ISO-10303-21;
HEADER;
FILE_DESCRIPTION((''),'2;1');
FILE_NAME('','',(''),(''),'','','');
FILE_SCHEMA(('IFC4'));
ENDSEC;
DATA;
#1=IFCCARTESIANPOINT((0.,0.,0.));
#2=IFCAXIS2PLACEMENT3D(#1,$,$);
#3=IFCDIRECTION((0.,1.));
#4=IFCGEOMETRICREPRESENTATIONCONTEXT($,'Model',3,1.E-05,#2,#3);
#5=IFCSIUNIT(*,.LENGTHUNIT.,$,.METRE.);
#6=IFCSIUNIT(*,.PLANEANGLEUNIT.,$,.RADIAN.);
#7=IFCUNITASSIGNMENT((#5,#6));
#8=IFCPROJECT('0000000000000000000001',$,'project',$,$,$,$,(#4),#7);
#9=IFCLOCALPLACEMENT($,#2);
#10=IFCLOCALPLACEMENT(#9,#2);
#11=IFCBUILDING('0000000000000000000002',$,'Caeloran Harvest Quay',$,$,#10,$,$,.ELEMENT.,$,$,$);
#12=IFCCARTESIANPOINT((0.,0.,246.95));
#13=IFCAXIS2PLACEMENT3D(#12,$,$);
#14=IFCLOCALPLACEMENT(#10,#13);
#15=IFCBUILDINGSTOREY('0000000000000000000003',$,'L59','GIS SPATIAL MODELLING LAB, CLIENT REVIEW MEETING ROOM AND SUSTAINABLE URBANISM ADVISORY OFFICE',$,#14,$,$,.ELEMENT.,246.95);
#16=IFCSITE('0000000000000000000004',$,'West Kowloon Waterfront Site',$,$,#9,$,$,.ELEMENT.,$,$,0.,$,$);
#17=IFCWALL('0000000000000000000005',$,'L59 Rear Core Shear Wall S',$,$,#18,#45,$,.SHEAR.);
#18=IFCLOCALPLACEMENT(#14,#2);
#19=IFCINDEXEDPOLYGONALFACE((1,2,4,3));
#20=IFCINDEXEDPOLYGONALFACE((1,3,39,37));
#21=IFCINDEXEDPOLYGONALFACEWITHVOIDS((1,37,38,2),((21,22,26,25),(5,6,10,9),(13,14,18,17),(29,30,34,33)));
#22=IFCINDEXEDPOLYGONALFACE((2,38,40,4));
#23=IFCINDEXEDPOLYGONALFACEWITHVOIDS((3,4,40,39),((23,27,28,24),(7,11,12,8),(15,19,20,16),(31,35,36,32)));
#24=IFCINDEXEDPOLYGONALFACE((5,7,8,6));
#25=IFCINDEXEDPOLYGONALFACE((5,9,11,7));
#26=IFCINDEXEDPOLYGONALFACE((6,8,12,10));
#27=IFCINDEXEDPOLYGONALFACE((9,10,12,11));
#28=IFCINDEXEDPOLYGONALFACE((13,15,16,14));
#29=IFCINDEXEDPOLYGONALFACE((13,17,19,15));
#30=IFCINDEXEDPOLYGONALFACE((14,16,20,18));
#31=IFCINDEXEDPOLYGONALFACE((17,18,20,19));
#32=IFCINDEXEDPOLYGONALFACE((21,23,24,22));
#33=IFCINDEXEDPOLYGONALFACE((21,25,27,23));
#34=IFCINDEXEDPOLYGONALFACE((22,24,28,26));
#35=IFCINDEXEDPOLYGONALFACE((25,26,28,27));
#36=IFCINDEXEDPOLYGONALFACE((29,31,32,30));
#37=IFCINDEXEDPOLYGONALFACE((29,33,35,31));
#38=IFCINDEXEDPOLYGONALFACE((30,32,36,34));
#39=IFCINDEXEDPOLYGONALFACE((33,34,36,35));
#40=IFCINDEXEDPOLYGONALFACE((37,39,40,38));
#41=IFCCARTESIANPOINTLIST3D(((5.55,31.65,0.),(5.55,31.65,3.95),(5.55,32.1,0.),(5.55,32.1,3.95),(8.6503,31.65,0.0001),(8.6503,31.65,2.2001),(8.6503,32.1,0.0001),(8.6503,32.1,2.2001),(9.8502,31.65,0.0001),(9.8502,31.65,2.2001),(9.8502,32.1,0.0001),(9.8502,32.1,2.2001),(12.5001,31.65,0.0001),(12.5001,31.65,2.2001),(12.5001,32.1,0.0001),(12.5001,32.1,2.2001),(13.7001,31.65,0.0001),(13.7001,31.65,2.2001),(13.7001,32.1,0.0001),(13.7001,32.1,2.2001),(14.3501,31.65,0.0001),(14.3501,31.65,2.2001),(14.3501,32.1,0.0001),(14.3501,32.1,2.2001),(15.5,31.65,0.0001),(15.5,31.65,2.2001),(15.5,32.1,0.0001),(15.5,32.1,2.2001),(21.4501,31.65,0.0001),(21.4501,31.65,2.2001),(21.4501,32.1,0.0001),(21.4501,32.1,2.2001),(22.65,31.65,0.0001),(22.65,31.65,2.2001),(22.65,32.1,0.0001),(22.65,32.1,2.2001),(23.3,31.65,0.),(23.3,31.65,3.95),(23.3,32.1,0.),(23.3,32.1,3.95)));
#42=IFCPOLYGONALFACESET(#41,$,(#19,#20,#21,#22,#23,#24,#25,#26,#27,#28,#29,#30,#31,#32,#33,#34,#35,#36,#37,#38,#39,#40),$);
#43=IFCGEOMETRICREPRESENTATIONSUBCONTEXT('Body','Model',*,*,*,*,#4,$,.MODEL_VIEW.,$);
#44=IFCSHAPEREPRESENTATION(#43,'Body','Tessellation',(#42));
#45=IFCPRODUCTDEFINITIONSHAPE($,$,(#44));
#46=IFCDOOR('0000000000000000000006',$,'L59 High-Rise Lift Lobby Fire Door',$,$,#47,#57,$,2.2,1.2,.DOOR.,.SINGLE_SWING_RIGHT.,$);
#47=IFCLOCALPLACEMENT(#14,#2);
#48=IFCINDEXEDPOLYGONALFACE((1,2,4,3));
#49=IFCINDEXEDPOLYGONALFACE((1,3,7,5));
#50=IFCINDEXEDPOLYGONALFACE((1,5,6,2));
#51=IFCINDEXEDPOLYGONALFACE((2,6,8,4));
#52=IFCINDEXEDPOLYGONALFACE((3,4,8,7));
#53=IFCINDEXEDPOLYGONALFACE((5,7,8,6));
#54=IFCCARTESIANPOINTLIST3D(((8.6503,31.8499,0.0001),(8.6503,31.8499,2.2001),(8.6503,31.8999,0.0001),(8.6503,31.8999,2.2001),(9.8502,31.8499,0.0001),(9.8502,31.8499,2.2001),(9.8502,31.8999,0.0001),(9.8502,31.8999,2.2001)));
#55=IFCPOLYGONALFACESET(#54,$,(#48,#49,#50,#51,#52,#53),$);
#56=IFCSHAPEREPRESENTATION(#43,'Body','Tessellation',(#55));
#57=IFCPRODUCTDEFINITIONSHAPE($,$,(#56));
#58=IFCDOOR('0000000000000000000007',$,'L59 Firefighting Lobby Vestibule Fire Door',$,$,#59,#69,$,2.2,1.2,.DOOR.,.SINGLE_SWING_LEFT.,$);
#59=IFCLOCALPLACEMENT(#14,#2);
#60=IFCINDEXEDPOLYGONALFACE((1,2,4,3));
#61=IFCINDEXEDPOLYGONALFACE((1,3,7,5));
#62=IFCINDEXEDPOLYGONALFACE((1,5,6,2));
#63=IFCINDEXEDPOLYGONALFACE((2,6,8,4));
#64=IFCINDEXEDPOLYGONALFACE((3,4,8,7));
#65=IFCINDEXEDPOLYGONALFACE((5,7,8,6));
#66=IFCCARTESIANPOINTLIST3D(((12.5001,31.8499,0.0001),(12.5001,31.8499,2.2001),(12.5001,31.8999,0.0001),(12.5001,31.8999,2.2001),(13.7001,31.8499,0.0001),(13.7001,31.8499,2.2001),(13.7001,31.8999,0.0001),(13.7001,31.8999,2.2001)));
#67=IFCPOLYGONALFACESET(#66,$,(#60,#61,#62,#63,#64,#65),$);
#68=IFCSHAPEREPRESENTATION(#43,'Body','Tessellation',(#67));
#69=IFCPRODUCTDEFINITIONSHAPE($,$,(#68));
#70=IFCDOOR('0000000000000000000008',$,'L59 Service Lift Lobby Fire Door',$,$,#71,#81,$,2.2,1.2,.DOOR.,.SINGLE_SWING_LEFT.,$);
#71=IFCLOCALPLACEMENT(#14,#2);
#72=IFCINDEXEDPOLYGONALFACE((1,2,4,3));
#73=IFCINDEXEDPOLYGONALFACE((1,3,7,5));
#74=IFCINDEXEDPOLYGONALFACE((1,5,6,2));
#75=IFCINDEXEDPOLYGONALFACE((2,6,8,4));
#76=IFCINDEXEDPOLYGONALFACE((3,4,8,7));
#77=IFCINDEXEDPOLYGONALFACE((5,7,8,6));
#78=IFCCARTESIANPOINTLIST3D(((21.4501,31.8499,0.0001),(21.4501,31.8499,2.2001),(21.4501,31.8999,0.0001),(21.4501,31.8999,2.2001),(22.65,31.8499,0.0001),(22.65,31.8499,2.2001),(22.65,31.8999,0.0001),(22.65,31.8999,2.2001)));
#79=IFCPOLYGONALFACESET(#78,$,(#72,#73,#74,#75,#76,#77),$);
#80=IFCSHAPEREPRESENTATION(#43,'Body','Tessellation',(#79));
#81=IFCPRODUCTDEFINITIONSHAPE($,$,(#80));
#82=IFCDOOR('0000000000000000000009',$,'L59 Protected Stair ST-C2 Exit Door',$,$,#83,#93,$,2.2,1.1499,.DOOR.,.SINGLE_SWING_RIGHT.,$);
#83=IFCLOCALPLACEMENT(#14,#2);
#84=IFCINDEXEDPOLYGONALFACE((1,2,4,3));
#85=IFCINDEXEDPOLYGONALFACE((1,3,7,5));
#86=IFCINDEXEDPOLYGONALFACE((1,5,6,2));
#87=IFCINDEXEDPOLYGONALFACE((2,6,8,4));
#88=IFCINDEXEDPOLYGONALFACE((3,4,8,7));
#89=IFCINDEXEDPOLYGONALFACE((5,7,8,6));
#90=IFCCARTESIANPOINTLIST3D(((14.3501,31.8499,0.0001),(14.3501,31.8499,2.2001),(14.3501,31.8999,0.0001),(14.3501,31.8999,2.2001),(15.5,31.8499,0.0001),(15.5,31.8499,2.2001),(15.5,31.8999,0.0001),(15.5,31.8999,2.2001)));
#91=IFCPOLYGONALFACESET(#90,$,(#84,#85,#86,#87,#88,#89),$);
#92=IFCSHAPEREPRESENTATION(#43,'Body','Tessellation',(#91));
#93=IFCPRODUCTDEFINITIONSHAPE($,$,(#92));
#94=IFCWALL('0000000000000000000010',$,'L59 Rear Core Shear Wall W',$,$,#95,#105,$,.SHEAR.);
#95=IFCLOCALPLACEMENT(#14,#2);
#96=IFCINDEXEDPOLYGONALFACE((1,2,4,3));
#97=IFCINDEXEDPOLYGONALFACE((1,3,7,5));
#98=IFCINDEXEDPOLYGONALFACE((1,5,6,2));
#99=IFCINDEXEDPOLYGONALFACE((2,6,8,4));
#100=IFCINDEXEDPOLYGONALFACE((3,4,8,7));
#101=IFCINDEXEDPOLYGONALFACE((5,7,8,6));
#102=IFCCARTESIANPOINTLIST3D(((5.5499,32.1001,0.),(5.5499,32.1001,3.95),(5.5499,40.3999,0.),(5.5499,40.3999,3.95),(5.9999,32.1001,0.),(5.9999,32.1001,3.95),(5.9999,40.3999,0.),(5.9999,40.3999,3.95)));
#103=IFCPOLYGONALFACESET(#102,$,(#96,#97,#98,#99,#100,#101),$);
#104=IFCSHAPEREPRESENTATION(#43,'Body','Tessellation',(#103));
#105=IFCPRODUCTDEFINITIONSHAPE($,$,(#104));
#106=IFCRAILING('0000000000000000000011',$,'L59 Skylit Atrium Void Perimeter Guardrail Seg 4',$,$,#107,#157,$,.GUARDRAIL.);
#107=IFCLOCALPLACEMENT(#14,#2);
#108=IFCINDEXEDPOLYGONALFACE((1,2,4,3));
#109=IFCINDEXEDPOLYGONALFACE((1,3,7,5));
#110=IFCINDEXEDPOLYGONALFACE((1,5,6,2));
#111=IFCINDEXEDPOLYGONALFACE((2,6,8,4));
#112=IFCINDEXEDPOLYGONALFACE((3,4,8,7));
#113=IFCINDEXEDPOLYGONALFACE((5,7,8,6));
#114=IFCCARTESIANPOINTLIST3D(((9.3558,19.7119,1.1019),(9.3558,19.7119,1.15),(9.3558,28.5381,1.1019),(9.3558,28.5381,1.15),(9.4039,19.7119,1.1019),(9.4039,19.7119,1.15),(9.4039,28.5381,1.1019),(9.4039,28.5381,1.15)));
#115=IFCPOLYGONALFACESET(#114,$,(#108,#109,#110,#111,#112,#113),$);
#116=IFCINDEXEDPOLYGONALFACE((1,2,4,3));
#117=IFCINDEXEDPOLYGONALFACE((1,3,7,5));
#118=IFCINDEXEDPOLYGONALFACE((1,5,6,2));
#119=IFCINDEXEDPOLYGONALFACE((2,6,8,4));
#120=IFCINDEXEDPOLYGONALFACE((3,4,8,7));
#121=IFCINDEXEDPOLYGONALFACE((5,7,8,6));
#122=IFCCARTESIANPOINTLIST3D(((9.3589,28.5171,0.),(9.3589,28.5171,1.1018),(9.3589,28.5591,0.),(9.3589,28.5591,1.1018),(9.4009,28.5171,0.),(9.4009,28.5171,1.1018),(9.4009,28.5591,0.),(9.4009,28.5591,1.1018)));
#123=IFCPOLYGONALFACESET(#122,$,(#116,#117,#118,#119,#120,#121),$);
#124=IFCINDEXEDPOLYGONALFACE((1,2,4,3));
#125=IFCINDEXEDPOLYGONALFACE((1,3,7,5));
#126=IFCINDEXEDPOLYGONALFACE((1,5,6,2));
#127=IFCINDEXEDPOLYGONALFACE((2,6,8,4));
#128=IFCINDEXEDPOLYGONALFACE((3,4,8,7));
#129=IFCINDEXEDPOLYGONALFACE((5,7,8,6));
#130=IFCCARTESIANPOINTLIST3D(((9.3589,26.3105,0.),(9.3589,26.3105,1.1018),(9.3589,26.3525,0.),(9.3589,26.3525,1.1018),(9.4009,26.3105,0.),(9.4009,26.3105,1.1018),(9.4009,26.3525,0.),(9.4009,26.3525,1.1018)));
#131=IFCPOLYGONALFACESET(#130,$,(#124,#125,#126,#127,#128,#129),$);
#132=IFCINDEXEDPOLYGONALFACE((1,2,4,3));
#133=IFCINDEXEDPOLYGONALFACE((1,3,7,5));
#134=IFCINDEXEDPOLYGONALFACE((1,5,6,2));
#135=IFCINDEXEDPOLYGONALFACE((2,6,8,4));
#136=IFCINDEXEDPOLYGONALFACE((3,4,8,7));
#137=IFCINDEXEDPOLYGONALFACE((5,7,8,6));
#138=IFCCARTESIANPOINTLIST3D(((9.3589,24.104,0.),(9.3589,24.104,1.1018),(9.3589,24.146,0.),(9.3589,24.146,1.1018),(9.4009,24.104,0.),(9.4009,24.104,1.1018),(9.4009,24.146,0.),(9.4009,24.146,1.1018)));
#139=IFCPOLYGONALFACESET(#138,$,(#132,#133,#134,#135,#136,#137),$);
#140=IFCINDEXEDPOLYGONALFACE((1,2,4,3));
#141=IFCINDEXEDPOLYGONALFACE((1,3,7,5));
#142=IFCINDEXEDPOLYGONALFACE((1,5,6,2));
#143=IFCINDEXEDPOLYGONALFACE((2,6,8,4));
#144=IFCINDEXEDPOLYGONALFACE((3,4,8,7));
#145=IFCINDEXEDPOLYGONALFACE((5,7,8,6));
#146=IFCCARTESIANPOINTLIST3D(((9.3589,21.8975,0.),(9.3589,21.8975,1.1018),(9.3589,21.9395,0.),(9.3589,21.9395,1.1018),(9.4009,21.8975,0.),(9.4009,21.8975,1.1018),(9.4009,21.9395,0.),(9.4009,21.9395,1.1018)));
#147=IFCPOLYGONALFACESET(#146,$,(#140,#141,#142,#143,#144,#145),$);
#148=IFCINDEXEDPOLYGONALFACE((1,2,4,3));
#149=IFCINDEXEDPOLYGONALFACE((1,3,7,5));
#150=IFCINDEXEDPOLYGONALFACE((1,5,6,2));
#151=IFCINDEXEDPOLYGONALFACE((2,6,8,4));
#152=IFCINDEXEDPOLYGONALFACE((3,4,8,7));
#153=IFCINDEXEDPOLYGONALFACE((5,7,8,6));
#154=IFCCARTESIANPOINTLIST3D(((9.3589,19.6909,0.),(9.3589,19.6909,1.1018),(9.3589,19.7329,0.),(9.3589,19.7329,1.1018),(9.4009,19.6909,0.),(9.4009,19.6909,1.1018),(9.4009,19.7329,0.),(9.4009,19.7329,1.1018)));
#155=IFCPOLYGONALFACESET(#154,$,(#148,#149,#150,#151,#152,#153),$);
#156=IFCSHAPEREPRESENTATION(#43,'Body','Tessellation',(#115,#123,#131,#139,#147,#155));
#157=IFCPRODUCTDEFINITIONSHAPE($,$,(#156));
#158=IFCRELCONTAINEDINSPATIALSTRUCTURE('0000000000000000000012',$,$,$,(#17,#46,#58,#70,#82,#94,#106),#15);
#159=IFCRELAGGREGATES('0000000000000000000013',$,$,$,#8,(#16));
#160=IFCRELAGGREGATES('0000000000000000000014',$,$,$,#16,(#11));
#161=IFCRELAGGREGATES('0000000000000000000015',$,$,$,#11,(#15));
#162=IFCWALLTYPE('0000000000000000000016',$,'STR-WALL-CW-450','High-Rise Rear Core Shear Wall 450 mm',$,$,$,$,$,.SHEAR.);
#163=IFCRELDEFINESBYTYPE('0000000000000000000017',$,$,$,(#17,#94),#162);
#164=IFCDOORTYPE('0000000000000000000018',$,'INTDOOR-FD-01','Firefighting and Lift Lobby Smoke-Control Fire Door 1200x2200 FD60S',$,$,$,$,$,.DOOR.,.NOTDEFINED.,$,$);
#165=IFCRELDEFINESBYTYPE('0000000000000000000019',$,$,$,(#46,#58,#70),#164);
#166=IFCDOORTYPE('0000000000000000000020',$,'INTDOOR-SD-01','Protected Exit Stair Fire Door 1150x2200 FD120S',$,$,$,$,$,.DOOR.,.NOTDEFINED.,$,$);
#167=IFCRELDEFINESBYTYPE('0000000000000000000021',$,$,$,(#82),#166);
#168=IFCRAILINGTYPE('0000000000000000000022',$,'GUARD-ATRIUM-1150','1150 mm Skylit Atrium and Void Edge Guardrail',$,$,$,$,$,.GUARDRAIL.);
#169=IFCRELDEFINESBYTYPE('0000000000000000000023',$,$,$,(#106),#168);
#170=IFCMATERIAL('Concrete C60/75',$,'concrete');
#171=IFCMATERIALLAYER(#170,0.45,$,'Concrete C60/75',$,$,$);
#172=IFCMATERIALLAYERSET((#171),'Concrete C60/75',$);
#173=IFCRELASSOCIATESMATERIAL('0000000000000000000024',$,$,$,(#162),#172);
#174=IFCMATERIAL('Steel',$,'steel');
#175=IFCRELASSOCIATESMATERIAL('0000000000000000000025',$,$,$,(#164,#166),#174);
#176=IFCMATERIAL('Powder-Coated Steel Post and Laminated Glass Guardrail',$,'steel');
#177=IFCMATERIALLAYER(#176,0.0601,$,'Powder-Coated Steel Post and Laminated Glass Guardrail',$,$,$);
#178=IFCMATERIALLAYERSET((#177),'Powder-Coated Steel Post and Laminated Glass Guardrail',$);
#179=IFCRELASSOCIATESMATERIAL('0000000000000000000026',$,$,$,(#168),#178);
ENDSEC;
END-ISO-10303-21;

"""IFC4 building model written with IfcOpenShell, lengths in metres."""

from ifc_helpers import new_model, si_unit, direction, frame, frame_2d, origin, origin_2d, place, context, subcontext, project, spatial, rectangle, extrude, material, layer, layer_set, type_object, element, fill, save


model = new_model("IFC4")

# Units and contexts
model_context = context("Model", 3, precision=1e-05, world=origin(), true_north=direction((0.0, 1.0)))
body_context = subcontext(model_context, "Body", "Model", "MODEL_VIEW")
ifc_project = project(units=[si_unit("LENGTHUNIT", "METRE"), si_unit("PLANEANGLEUNIT", "RADIAN")], contexts=[model_context])

# Site, building, storey
site_placement = place(None, origin())
site = spatial("IfcSite", under=ifc_project, at=site_placement, Name="West Kowloon Waterfront Site", CompositionType="ELEMENT", RefElevation=0.0)
building_placement = place(site_placement, origin())
building = spatial("IfcBuilding", under=site, at=building_placement, Name="Caeloran Harvest Quay", CompositionType="ELEMENT")
storey_placement = place(building_placement, frame((0.0, 0.0, 246.95)))
storey = spatial("IfcBuildingStorey", under=building, at=storey_placement, Name="L59", Description="GIS SPATIAL MODELLING LAB, CLIENT REVIEW MEETING ROOM AND SUSTAINABLE URBANISM ADVISORY OFFICE", CompositionType="ELEMENT", Elevation=246.95)

# Shared definitions
ifc_material_1 = material(Name="Concrete C60/75", Category="concrete")

# Wall, openings, doors
ifc_layer_1 = layer(ifc_material_1, 0.45, Name="Concrete C60/75")
ifc_layer_set_1 = layer_set([ifc_layer_1], Name="Concrete C60/75")
wall_type_1 = type_object("IfcWallType", Name="STR-WALL-CW-450", Description="High-Rise Rear Core Shear Wall 450 mm", PredefinedType="SHEAR", material=ifc_layer_set_1)
wall_1_placement = place(storey_placement, frame((5.55, 31.875, 0.0), z_axis=(0.0, 0.0, 1.0), x_axis=(1.0, 0.0, 0.0)))
wall_1 = element("IfcWall", 1, at=wall_1_placement, inside=storey, type_object=wall_type_1, Name="L59 Rear Core Shear Wall S", PredefinedType="SHEAR", context=body_context, shape_type="SweptSolid", body=[
    extrude(rectangle(XDim=17.75, YDim=0.45, at=frame_2d((8.875, 0.0))), origin(), (0.0, 0.0, 1.0), 3.95),
])
opening_1_placement = place(wall_1_placement, frame((3.1001, 0.0, 0.0)))
opening_1 = element("IfcOpeningElement", 2, at=opening_1_placement, cuts=wall_1, PredefinedType="OPENING", context=body_context, shape_type="SweptSolid", body=[
    extrude(rectangle(XDim=1.2, YDim=2.2, at=frame_2d((0.6001, 1.1001))), frame((0.0, 0.2349, 0.0), z_axis=(0.0, -1.0, 0.0), x_axis=(1.0, 0.0, 0.0)), (0.0, 0.0, 1.0), 0.47),
])
opening_2_placement = place(wall_1_placement, frame((6.95, 0.0, 0.0)))
opening_2 = element("IfcOpeningElement", 3, at=opening_2_placement, cuts=wall_1, PredefinedType="OPENING", context=body_context, shape_type="SweptSolid", body=[
    extrude(rectangle(XDim=1.2, YDim=2.2, at=frame_2d((0.6001, 1.1001))), frame((0.0, 0.2349, 0.0), z_axis=(0.0, -1.0, 0.0), x_axis=(1.0, 0.0, 0.0)), (0.0, 0.0, 1.0), 0.47),
])
opening_3_placement = place(wall_1_placement, frame((8.8, 0.0, 0.0)))
opening_3 = element("IfcOpeningElement", 4, at=opening_3_placement, cuts=wall_1, PredefinedType="OPENING", context=body_context, shape_type="SweptSolid", body=[
    extrude(rectangle(XDim=1.1499, YDim=2.2, at=frame_2d((0.575, 1.1001))), frame((0.0, 0.2349, 0.0), z_axis=(0.0, -1.0, 0.0), x_axis=(1.0, 0.0, 0.0)), (0.0, 0.0, 1.0), 0.47),
])
opening_4_placement = place(wall_1_placement, frame((15.8999, 0.0, 0.0)))
opening_4 = element("IfcOpeningElement", 5, at=opening_4_placement, cuts=wall_1, PredefinedType="OPENING", context=body_context, shape_type="SweptSolid", body=[
    extrude(rectangle(XDim=1.2, YDim=2.2, at=frame_2d((0.6001, 1.1001))), frame((0.0, 0.2349, 0.0), z_axis=(0.0, -1.0, 0.0), x_axis=(1.0, 0.0, 0.0)), (0.0, 0.0, 1.0), 0.47),
])
ifc_material_2 = material(Name="Steel", Category="steel")
door_type_1 = type_object("IfcDoorType", Name="INTDOOR-FD-01", Description="Firefighting and Lift Lobby Smoke-Control Fire Door 1200x2200 FD60S", OperationType="NOTDEFINED", PredefinedType="DOOR", material=ifc_material_2)
door_1_placement = place(opening_1_placement, origin())
door_1 = element("IfcDoor", 6, at=door_1_placement, inside=storey, type_object=door_type_1, Name="L59 High-Rise Lift Lobby Fire Door", OperationType="SINGLE_SWING_RIGHT", OverallHeight=2.2, OverallWidth=1.2, PredefinedType="DOOR", context=body_context, shape_type="SweptSolid", body=[
    extrude(rectangle(XDim=1.2, YDim=2.2, at=frame_2d((0.6001, 1.1001))), frame((0.0, 0.0249, 0.0), z_axis=(0.0, -1.0, 0.0), x_axis=(1.0, 0.0, 0.0)), (0.0, 0.0, 1.0), 0.05),
])
fill(opening_1, door_1)
door_2_placement = place(opening_2_placement, origin())
door_2 = element("IfcDoor", 7, at=door_2_placement, inside=storey, type_object=door_type_1, Name="L59 Firefighting Lobby Vestibule Fire Door", OperationType="SINGLE_SWING_LEFT", OverallHeight=2.2, OverallWidth=1.2, PredefinedType="DOOR", context=body_context, shape_type="SweptSolid", body=[
    extrude(rectangle(XDim=1.2, YDim=2.2, at=frame_2d((0.6001, 1.1001))), frame((0.0, 0.0249, 0.0), z_axis=(0.0, -1.0, 0.0), x_axis=(1.0, 0.0, 0.0)), (0.0, 0.0, 1.0), 0.05),
])
fill(opening_2, door_2)
door_3_placement = place(opening_4_placement, origin())
door_3 = element("IfcDoor", 8, at=door_3_placement, inside=storey, type_object=door_type_1, Name="L59 Service Lift Lobby Fire Door", OperationType="SINGLE_SWING_LEFT", OverallHeight=2.2, OverallWidth=1.2, PredefinedType="DOOR", context=body_context, shape_type="SweptSolid", body=[
    extrude(rectangle(XDim=1.2, YDim=2.2, at=frame_2d((0.6001, 1.1001))), frame((0.0, 0.0249, 0.0), z_axis=(0.0, -1.0, 0.0), x_axis=(1.0, 0.0, 0.0)), (0.0, 0.0, 1.0), 0.05),
])
fill(opening_4, door_3)
door_type_2 = type_object("IfcDoorType", Name="INTDOOR-SD-01", Description="Protected Exit Stair Fire Door 1150x2200 FD120S", OperationType="NOTDEFINED", PredefinedType="DOOR", material=ifc_material_2)
door_4_placement = place(opening_3_placement, origin())
door_4 = element("IfcDoor", 9, at=door_4_placement, inside=storey, type_object=door_type_2, Name="L59 Protected Stair ST-C2 Exit Door", OperationType="SINGLE_SWING_RIGHT", OverallHeight=2.2, OverallWidth=1.1499, PredefinedType="DOOR", context=body_context, shape_type="SweptSolid", body=[
    extrude(rectangle(XDim=1.1499, YDim=2.2, at=frame_2d((0.575, 1.1001))), frame((0.0, 0.0249, 0.0), z_axis=(0.0, -1.0, 0.0), x_axis=(1.0, 0.0, 0.0)), (0.0, 0.0, 1.0), 0.05),
])
fill(opening_3, door_4)

# Wall
wall_2_placement = place(storey_placement, frame((5.7749, 32.1001, 0.0), z_axis=(0.0, 0.0, 1.0), x_axis=(0.0, 1.0, 0.0)))
element("IfcWall", 10, at=wall_2_placement, inside=storey, type_object=wall_type_1, Name="L59 Rear Core Shear Wall W", PredefinedType="SHEAR", context=body_context, shape_type="SweptSolid", body=[
    extrude(rectangle(XDim=8.2998, YDim=0.45, at=frame_2d((4.1499, 0.0))), origin(), (0.0, 0.0, 1.0), 3.95),
])

# Railing
ifc_material_3 = material(Name="Powder-Coated Steel Post and Laminated Glass Guardrail", Category="steel")
ifc_layer_2 = layer(ifc_material_3, 0.0601, Name="Powder-Coated Steel Post and Laminated Glass Guardrail")
ifc_layer_set_2 = layer_set([ifc_layer_2], Name="Powder-Coated Steel Post and Laminated Glass Guardrail")
railing_type = type_object("IfcRailingType", Name="GUARD-ATRIUM-1150", Description="1150 mm Skylit Atrium and Void Edge Guardrail", PredefinedType="GUARDRAIL", material=ifc_layer_set_2)
railing_placement = place(storey_placement, frame((9.3799, 28.5381, 0.0)))
element("IfcRailing", 11, at=railing_placement, inside=storey, type_object=railing_type, Name="L59 Skylit Atrium Void Perimeter Guardrail Seg 4", PredefinedType="GUARDRAIL", context=body_context, shape_type="SweptSolid", body=[
    extrude(rectangle(XDim=0.0481, YDim=0.0481, at=origin_2d()), frame((0.0, 0.0, 1.126), z_axis=(0.0, -1.0, 0.0), x_axis=(1.0, 0.0, 0.0)), (0.0, 0.0, 1.0), 8.8262),
    extrude(rectangle(XDim=0.042, YDim=0.042, at=origin_2d()), origin(), (0.0, 0.0, 1.0), 1.1018),
    extrude(rectangle(XDim=0.042, YDim=0.042, at=origin_2d()), frame((0.0, -2.2065, 0.0)), (0.0, 0.0, 1.0), 1.1018),
    extrude(rectangle(XDim=0.042, YDim=0.042, at=origin_2d()), frame((0.0, -4.4131, 0.0)), (0.0, 0.0, 1.0), 1.1018),
    extrude(rectangle(XDim=0.042, YDim=0.042, at=origin_2d()), frame((0.0, -6.6196, 0.0)), (0.0, 0.0, 1.0), 1.1018),
    extrude(rectangle(XDim=0.042, YDim=0.042, at=origin_2d()), frame((0.0, -8.8262, 0.0)), (0.0, 0.0, 1.0), 1.1018),
])

save(model, "model.ifc")
